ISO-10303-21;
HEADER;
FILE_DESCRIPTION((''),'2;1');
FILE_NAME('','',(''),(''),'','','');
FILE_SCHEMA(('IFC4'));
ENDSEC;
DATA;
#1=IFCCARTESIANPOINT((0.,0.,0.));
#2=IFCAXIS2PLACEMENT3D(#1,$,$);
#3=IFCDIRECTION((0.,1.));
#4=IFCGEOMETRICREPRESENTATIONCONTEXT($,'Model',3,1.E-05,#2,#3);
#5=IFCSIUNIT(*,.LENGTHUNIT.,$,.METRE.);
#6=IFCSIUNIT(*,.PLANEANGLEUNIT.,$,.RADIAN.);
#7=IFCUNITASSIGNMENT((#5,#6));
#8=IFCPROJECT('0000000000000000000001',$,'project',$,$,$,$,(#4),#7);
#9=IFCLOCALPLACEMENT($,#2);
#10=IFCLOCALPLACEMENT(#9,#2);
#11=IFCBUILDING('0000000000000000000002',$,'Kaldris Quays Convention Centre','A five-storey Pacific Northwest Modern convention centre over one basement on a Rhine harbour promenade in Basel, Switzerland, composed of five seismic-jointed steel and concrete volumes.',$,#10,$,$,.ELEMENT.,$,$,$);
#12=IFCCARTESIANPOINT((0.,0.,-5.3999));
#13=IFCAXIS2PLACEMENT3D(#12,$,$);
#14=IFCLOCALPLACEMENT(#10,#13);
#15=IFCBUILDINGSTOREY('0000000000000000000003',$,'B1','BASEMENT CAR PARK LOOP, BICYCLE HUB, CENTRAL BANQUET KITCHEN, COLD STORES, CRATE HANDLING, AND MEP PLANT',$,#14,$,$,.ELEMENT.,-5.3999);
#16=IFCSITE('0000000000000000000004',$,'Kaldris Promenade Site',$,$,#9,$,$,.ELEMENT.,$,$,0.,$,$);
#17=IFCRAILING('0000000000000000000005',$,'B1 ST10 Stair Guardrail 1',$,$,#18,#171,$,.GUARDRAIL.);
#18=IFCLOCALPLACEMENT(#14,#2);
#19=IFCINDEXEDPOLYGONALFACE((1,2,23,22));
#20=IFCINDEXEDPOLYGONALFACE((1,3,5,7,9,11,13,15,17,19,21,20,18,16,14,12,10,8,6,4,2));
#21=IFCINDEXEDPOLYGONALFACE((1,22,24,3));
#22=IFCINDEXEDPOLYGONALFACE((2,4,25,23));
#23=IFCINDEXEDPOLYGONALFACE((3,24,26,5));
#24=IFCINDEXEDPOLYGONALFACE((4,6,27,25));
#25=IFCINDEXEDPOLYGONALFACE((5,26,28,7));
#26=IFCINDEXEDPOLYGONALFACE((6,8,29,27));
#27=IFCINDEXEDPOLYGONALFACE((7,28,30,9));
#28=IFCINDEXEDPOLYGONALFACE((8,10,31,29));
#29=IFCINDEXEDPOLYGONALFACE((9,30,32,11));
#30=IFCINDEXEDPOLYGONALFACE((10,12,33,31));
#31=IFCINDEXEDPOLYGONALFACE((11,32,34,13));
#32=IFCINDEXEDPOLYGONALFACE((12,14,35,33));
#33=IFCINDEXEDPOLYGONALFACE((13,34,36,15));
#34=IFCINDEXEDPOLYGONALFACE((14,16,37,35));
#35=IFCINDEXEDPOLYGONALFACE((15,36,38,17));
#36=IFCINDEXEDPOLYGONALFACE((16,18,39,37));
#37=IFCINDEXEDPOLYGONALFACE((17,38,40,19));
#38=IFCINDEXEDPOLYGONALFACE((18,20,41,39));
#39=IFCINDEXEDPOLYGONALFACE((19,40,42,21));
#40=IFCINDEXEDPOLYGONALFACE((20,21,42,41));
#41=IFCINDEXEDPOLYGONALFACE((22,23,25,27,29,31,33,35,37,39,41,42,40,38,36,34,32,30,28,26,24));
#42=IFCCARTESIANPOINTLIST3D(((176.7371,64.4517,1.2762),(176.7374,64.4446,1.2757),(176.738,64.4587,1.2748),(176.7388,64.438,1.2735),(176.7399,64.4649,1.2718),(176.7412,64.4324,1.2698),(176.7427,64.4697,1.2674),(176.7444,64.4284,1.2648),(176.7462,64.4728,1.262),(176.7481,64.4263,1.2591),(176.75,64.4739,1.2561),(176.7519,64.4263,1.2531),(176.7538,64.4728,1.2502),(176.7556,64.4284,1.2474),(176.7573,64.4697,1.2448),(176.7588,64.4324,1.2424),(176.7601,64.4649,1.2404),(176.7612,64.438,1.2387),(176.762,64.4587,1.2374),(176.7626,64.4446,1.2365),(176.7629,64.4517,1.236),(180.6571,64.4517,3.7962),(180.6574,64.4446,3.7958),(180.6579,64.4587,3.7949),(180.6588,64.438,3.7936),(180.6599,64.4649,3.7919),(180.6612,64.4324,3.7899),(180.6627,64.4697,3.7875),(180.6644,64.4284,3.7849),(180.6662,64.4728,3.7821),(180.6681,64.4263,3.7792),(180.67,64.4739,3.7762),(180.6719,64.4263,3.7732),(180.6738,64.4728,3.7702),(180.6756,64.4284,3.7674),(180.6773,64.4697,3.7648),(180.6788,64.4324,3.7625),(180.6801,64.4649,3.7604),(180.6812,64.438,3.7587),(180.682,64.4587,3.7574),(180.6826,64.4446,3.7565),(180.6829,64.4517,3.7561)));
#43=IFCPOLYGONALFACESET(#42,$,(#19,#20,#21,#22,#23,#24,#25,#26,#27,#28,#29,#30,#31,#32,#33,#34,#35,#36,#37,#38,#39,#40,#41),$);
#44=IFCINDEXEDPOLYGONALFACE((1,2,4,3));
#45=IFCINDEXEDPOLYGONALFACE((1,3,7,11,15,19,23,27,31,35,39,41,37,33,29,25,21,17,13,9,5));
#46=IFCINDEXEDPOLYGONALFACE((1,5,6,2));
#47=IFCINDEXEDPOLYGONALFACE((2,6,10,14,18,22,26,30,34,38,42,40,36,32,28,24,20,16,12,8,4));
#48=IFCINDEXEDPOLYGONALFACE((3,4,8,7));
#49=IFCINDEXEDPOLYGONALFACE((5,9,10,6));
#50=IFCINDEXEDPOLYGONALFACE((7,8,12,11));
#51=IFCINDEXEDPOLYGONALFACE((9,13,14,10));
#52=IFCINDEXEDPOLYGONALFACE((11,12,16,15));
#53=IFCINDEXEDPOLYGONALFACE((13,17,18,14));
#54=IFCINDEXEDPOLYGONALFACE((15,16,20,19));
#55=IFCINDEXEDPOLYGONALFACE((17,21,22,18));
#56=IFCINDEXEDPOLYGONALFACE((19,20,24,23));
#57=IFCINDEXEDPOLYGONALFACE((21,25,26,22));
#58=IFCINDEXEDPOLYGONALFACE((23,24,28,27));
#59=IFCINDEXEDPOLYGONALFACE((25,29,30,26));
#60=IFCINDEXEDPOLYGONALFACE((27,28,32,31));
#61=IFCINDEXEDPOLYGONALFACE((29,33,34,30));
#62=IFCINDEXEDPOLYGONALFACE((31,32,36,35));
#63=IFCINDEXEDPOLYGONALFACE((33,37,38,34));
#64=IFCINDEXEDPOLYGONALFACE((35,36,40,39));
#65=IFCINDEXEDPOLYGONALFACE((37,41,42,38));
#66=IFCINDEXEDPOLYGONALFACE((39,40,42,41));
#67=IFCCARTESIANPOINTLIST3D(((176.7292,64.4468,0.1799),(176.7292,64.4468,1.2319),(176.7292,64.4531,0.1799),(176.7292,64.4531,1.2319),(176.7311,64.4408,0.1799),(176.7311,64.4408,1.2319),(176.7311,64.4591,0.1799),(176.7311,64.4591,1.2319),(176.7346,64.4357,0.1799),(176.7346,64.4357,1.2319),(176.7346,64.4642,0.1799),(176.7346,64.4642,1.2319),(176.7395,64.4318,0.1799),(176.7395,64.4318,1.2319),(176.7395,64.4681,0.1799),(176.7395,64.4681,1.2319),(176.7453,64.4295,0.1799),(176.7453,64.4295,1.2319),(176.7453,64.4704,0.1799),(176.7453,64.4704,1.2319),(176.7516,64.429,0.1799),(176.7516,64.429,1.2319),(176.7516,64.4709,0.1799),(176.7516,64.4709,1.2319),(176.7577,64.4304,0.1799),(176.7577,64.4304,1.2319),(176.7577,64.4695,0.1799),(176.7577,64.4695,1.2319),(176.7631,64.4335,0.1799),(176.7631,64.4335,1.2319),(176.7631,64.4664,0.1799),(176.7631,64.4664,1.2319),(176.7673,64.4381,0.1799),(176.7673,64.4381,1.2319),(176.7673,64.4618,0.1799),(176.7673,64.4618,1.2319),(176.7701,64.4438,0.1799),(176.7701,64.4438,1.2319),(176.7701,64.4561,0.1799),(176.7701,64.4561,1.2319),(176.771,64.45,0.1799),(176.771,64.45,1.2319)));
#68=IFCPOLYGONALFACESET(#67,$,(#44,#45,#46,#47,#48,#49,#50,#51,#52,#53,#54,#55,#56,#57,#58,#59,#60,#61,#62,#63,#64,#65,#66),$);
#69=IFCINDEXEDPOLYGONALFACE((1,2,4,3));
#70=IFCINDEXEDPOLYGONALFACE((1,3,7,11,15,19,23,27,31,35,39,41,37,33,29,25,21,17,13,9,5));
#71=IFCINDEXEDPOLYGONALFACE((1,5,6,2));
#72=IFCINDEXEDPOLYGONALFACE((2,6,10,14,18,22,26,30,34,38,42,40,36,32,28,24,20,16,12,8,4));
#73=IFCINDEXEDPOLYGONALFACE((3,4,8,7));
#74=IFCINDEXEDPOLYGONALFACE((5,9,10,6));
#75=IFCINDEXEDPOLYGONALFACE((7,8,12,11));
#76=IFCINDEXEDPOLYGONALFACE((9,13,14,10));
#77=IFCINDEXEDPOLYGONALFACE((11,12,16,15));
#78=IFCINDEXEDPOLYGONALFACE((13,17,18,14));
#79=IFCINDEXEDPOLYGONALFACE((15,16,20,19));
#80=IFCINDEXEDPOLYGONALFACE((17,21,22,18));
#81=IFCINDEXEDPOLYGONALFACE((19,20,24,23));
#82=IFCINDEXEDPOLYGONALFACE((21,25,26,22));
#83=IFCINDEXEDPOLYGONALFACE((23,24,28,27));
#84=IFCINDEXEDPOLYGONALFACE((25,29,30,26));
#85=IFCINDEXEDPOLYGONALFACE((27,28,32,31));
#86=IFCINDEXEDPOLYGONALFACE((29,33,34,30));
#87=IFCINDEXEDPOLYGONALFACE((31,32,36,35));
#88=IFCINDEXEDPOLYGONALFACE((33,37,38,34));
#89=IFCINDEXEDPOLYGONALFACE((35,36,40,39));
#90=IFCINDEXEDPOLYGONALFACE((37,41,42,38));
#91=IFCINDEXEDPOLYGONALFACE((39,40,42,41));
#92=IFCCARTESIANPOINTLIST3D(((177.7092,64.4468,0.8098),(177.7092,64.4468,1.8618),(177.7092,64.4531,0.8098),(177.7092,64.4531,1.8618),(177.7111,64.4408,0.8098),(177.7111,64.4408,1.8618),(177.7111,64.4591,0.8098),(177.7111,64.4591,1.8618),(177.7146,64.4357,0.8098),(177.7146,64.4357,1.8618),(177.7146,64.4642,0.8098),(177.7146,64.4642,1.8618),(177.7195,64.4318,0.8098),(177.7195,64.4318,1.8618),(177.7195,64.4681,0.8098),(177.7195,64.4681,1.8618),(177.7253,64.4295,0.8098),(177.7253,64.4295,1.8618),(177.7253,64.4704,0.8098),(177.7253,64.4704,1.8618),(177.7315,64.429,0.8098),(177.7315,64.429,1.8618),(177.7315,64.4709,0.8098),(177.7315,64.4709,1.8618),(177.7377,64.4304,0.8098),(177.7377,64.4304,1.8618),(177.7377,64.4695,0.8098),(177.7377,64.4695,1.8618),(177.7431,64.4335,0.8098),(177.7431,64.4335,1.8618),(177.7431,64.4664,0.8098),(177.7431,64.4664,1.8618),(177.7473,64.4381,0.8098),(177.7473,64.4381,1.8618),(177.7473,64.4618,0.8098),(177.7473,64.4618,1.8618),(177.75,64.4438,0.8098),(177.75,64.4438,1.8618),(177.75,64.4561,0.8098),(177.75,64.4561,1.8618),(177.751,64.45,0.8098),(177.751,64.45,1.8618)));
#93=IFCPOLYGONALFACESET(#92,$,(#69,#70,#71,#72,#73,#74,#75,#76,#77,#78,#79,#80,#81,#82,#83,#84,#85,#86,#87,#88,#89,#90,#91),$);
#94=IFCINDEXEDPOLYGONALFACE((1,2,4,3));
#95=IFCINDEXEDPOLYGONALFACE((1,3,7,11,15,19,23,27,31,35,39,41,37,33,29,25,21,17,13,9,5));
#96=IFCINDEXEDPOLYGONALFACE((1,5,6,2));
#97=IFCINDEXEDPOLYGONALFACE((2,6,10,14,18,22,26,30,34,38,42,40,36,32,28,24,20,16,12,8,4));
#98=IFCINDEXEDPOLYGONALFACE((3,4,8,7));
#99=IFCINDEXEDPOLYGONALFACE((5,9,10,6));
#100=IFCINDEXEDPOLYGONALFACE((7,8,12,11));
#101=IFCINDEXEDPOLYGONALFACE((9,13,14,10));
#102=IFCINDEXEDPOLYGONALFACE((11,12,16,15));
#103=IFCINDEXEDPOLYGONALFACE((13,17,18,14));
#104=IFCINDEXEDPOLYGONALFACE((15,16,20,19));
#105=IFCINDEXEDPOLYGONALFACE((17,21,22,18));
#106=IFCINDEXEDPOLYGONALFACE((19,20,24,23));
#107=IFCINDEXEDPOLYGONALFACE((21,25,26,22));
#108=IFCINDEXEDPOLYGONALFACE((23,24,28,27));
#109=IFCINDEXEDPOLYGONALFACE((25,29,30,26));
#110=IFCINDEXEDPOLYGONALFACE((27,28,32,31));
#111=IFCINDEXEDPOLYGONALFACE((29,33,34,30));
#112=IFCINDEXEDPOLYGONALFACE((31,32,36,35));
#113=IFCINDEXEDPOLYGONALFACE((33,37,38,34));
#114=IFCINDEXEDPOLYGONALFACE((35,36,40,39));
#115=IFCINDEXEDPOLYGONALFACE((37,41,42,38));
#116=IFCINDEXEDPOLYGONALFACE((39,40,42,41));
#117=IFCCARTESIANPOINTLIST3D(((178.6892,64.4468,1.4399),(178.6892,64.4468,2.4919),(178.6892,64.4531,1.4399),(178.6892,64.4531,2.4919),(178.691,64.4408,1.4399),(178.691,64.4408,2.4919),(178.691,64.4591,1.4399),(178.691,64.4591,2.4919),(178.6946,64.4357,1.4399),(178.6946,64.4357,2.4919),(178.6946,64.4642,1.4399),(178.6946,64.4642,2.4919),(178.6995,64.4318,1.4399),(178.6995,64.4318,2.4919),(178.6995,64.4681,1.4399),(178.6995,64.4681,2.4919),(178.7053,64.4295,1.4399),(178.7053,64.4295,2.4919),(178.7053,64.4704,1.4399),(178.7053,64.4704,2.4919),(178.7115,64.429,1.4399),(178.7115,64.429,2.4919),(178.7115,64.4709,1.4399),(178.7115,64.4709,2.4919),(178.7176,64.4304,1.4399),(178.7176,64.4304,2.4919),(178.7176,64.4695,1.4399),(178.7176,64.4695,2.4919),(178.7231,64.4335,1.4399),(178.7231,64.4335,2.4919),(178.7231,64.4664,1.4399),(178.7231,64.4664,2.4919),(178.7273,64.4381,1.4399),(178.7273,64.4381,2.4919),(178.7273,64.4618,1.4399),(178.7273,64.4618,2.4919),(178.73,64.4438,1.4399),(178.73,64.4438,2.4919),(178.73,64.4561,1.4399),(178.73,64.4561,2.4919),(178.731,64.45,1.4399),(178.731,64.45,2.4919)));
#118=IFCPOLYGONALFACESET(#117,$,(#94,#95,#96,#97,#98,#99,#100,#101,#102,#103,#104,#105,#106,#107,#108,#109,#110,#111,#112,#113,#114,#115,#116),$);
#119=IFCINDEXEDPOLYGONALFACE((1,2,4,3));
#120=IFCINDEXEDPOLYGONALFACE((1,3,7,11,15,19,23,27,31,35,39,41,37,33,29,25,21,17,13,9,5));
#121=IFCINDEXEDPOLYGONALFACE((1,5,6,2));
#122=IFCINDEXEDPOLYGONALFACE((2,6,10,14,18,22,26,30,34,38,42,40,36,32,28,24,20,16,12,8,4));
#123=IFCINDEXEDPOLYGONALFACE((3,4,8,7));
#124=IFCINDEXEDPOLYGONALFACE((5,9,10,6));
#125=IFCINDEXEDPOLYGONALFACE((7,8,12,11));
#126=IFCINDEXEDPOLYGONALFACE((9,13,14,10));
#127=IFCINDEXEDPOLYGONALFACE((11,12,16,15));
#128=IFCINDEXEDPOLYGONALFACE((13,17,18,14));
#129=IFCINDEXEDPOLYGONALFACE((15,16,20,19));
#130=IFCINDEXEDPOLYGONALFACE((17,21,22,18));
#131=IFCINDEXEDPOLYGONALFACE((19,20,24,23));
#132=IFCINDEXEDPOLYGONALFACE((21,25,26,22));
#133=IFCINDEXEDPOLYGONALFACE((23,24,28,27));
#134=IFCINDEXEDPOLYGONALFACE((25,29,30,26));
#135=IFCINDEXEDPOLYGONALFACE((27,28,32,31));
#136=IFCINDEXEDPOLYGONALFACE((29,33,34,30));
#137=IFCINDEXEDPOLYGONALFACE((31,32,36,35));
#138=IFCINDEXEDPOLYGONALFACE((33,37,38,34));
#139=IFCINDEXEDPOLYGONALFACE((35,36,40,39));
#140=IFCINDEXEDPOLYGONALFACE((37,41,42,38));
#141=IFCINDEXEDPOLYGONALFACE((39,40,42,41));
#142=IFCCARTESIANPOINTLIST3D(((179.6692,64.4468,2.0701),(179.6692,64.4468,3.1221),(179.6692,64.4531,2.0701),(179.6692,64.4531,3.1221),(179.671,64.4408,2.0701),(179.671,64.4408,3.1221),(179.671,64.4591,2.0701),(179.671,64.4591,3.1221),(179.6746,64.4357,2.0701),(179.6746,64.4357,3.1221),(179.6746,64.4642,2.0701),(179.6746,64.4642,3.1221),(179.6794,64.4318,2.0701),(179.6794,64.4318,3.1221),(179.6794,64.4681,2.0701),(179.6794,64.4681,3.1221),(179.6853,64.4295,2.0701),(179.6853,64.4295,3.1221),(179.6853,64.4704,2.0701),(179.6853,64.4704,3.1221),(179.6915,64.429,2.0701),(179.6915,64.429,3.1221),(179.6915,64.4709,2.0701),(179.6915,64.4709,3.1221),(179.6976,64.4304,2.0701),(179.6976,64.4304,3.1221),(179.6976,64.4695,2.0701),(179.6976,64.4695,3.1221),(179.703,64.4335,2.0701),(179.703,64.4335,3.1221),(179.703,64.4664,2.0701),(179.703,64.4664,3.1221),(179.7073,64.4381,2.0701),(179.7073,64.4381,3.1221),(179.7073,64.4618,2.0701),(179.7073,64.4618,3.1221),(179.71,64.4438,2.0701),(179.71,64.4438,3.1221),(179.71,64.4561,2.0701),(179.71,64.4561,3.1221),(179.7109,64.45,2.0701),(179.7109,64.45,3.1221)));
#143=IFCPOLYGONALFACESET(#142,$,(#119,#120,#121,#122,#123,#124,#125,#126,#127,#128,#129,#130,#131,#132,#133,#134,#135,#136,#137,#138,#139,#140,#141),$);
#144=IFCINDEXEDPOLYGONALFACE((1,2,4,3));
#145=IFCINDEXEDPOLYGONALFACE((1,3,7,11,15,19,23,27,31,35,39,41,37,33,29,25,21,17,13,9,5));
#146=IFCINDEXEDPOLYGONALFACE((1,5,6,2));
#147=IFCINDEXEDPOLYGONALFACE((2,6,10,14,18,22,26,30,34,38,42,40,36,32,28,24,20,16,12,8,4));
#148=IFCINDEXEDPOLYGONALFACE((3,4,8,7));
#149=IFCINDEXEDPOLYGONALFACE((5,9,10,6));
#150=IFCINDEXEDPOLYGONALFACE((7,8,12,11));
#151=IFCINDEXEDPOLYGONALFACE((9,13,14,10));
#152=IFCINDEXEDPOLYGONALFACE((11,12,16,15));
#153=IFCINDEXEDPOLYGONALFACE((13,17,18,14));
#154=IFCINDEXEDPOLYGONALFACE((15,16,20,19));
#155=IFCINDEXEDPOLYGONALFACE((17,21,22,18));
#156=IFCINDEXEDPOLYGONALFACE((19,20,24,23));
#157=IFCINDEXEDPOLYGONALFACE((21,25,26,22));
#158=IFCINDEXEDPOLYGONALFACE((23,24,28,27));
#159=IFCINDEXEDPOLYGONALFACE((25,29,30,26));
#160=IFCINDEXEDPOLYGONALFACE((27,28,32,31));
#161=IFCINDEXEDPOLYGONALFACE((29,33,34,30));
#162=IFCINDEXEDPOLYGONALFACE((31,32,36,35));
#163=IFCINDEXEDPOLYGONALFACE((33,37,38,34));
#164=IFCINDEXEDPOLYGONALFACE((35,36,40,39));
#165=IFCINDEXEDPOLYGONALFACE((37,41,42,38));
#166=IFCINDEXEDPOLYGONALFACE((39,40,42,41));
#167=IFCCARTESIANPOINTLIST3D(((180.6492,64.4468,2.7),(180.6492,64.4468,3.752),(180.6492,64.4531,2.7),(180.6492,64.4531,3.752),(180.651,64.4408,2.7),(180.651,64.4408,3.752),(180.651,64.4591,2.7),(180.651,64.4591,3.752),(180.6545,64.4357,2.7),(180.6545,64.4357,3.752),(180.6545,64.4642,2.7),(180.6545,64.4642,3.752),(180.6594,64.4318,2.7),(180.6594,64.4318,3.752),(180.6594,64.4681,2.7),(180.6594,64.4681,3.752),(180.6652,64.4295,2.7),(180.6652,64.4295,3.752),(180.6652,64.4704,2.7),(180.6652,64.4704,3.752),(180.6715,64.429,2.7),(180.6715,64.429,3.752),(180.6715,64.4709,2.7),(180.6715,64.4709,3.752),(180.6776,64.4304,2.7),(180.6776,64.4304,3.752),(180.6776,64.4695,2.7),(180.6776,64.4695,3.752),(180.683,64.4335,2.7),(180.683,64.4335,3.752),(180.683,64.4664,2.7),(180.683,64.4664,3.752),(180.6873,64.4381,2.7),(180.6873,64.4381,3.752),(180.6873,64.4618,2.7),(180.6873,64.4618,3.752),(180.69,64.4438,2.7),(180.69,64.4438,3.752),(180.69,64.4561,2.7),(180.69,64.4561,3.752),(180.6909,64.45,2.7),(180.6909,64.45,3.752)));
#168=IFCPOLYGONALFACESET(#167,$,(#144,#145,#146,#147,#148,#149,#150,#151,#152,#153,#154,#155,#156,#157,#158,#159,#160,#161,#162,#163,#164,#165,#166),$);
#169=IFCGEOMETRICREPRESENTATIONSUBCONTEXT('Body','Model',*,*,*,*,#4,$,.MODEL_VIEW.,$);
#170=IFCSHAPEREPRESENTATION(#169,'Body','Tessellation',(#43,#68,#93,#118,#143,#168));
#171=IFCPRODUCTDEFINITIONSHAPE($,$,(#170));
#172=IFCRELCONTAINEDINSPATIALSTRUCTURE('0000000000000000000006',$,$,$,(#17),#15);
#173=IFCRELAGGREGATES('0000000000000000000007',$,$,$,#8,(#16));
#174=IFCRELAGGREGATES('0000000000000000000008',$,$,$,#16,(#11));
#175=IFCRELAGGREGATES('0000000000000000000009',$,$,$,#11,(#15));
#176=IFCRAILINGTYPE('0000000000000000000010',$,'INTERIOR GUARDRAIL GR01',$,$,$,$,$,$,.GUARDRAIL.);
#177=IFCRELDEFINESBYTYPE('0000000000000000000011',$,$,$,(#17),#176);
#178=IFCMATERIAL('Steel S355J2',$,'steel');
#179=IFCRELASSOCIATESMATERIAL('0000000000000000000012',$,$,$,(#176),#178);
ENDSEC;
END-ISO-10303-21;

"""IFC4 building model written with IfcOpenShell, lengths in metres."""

from ifc_helpers import new_model, si_unit, direction, frame, origin, origin_2d, place, context, subcontext, project, spatial, circle, extrude, material, type_object, element, save


model = new_model("IFC4")

# Units and contexts
model_context = context("Model", 3, precision=1e-05, world=origin(), true_north=direction((0.0, 1.0)))
body_context = subcontext(model_context, "Body", "Model", "MODEL_VIEW")
ifc_project = project(units=[si_unit("LENGTHUNIT", "METRE"), si_unit("PLANEANGLEUNIT", "RADIAN")], contexts=[model_context])

# Site, building, storey
site_placement = place(None, origin())
site = spatial("IfcSite", under=ifc_project, at=site_placement, Name="Kaldris Promenade Site", CompositionType="ELEMENT", RefElevation=0.0)
building_placement = place(site_placement, origin())
building = spatial("IfcBuilding", under=site, at=building_placement, Name="Kaldris Quays Convention Centre", Description="A five-storey Pacific Northwest Modern convention centre over one basement on a Rhine harbour promenade in Basel, Switzerland, composed of five seismic-jointed steel and concrete volumes.", CompositionType="ELEMENT")
storey_placement = place(building_placement, frame((0.0, 0.0, -5.3999)))
storey = spatial("IfcBuildingStorey", under=building, at=storey_placement, Name="B1", Description="BASEMENT CAR PARK LOOP, BICYCLE HUB, CENTRAL BANQUET KITCHEN, COLD STORES, CRATE HANDLING, AND MEP PLANT", CompositionType="ELEMENT", Elevation=-5.3999)

# Shared definitions
ifc_material_1 = material(Name="Steel S355J2", Category="steel")

# Railing
railing_type_1 = type_object("IfcRailingType", Name="INTERIOR GUARDRAIL GR01", PredefinedType="GUARDRAIL", material=ifc_material_1)
railing_1_placement = place(storey_placement, frame((176.75, 64.45, 0.1799)))
element("IfcRailing", 1, at=railing_1_placement, inside=storey, type_object=railing_type_1, Name="B1 ST10 Stair Guardrail 1", PredefinedType="GUARDRAIL", context=body_context, shape_type="SweptSolid", body=[
    extrude(circle(Radius=0.0239, at=origin_2d()), frame((0.0, 0.0, 1.0762), z_axis=(0.841172, 0.0, 0.540768), x_axis=(0.0, 1.0, 0.0)), (0.0, 0.0, 1.0), 4.6602),
    extrude(circle(Radius=0.021, at=origin_2d()), origin(), (0.0, 0.0, 1.0), 1.052),
    extrude(circle(Radius=0.021, at=origin_2d()), frame((0.98, 0.0, 0.6299)), (0.0, 0.0, 1.0), 1.052),
    extrude(circle(Radius=0.021, at=origin_2d()), frame((1.96, 0.0, 1.26)), (0.0, 0.0, 1.0), 1.052),
    extrude(circle(Radius=0.021, at=origin_2d()), frame((2.9399, 0.0, 1.8901)), (0.0, 0.0, 1.0), 1.052),
    extrude(circle(Radius=0.021, at=origin_2d()), frame((3.9199, 0.0, 2.52)), (0.0, 0.0, 1.0), 1.052),
])

save(model, "model.ifc")
